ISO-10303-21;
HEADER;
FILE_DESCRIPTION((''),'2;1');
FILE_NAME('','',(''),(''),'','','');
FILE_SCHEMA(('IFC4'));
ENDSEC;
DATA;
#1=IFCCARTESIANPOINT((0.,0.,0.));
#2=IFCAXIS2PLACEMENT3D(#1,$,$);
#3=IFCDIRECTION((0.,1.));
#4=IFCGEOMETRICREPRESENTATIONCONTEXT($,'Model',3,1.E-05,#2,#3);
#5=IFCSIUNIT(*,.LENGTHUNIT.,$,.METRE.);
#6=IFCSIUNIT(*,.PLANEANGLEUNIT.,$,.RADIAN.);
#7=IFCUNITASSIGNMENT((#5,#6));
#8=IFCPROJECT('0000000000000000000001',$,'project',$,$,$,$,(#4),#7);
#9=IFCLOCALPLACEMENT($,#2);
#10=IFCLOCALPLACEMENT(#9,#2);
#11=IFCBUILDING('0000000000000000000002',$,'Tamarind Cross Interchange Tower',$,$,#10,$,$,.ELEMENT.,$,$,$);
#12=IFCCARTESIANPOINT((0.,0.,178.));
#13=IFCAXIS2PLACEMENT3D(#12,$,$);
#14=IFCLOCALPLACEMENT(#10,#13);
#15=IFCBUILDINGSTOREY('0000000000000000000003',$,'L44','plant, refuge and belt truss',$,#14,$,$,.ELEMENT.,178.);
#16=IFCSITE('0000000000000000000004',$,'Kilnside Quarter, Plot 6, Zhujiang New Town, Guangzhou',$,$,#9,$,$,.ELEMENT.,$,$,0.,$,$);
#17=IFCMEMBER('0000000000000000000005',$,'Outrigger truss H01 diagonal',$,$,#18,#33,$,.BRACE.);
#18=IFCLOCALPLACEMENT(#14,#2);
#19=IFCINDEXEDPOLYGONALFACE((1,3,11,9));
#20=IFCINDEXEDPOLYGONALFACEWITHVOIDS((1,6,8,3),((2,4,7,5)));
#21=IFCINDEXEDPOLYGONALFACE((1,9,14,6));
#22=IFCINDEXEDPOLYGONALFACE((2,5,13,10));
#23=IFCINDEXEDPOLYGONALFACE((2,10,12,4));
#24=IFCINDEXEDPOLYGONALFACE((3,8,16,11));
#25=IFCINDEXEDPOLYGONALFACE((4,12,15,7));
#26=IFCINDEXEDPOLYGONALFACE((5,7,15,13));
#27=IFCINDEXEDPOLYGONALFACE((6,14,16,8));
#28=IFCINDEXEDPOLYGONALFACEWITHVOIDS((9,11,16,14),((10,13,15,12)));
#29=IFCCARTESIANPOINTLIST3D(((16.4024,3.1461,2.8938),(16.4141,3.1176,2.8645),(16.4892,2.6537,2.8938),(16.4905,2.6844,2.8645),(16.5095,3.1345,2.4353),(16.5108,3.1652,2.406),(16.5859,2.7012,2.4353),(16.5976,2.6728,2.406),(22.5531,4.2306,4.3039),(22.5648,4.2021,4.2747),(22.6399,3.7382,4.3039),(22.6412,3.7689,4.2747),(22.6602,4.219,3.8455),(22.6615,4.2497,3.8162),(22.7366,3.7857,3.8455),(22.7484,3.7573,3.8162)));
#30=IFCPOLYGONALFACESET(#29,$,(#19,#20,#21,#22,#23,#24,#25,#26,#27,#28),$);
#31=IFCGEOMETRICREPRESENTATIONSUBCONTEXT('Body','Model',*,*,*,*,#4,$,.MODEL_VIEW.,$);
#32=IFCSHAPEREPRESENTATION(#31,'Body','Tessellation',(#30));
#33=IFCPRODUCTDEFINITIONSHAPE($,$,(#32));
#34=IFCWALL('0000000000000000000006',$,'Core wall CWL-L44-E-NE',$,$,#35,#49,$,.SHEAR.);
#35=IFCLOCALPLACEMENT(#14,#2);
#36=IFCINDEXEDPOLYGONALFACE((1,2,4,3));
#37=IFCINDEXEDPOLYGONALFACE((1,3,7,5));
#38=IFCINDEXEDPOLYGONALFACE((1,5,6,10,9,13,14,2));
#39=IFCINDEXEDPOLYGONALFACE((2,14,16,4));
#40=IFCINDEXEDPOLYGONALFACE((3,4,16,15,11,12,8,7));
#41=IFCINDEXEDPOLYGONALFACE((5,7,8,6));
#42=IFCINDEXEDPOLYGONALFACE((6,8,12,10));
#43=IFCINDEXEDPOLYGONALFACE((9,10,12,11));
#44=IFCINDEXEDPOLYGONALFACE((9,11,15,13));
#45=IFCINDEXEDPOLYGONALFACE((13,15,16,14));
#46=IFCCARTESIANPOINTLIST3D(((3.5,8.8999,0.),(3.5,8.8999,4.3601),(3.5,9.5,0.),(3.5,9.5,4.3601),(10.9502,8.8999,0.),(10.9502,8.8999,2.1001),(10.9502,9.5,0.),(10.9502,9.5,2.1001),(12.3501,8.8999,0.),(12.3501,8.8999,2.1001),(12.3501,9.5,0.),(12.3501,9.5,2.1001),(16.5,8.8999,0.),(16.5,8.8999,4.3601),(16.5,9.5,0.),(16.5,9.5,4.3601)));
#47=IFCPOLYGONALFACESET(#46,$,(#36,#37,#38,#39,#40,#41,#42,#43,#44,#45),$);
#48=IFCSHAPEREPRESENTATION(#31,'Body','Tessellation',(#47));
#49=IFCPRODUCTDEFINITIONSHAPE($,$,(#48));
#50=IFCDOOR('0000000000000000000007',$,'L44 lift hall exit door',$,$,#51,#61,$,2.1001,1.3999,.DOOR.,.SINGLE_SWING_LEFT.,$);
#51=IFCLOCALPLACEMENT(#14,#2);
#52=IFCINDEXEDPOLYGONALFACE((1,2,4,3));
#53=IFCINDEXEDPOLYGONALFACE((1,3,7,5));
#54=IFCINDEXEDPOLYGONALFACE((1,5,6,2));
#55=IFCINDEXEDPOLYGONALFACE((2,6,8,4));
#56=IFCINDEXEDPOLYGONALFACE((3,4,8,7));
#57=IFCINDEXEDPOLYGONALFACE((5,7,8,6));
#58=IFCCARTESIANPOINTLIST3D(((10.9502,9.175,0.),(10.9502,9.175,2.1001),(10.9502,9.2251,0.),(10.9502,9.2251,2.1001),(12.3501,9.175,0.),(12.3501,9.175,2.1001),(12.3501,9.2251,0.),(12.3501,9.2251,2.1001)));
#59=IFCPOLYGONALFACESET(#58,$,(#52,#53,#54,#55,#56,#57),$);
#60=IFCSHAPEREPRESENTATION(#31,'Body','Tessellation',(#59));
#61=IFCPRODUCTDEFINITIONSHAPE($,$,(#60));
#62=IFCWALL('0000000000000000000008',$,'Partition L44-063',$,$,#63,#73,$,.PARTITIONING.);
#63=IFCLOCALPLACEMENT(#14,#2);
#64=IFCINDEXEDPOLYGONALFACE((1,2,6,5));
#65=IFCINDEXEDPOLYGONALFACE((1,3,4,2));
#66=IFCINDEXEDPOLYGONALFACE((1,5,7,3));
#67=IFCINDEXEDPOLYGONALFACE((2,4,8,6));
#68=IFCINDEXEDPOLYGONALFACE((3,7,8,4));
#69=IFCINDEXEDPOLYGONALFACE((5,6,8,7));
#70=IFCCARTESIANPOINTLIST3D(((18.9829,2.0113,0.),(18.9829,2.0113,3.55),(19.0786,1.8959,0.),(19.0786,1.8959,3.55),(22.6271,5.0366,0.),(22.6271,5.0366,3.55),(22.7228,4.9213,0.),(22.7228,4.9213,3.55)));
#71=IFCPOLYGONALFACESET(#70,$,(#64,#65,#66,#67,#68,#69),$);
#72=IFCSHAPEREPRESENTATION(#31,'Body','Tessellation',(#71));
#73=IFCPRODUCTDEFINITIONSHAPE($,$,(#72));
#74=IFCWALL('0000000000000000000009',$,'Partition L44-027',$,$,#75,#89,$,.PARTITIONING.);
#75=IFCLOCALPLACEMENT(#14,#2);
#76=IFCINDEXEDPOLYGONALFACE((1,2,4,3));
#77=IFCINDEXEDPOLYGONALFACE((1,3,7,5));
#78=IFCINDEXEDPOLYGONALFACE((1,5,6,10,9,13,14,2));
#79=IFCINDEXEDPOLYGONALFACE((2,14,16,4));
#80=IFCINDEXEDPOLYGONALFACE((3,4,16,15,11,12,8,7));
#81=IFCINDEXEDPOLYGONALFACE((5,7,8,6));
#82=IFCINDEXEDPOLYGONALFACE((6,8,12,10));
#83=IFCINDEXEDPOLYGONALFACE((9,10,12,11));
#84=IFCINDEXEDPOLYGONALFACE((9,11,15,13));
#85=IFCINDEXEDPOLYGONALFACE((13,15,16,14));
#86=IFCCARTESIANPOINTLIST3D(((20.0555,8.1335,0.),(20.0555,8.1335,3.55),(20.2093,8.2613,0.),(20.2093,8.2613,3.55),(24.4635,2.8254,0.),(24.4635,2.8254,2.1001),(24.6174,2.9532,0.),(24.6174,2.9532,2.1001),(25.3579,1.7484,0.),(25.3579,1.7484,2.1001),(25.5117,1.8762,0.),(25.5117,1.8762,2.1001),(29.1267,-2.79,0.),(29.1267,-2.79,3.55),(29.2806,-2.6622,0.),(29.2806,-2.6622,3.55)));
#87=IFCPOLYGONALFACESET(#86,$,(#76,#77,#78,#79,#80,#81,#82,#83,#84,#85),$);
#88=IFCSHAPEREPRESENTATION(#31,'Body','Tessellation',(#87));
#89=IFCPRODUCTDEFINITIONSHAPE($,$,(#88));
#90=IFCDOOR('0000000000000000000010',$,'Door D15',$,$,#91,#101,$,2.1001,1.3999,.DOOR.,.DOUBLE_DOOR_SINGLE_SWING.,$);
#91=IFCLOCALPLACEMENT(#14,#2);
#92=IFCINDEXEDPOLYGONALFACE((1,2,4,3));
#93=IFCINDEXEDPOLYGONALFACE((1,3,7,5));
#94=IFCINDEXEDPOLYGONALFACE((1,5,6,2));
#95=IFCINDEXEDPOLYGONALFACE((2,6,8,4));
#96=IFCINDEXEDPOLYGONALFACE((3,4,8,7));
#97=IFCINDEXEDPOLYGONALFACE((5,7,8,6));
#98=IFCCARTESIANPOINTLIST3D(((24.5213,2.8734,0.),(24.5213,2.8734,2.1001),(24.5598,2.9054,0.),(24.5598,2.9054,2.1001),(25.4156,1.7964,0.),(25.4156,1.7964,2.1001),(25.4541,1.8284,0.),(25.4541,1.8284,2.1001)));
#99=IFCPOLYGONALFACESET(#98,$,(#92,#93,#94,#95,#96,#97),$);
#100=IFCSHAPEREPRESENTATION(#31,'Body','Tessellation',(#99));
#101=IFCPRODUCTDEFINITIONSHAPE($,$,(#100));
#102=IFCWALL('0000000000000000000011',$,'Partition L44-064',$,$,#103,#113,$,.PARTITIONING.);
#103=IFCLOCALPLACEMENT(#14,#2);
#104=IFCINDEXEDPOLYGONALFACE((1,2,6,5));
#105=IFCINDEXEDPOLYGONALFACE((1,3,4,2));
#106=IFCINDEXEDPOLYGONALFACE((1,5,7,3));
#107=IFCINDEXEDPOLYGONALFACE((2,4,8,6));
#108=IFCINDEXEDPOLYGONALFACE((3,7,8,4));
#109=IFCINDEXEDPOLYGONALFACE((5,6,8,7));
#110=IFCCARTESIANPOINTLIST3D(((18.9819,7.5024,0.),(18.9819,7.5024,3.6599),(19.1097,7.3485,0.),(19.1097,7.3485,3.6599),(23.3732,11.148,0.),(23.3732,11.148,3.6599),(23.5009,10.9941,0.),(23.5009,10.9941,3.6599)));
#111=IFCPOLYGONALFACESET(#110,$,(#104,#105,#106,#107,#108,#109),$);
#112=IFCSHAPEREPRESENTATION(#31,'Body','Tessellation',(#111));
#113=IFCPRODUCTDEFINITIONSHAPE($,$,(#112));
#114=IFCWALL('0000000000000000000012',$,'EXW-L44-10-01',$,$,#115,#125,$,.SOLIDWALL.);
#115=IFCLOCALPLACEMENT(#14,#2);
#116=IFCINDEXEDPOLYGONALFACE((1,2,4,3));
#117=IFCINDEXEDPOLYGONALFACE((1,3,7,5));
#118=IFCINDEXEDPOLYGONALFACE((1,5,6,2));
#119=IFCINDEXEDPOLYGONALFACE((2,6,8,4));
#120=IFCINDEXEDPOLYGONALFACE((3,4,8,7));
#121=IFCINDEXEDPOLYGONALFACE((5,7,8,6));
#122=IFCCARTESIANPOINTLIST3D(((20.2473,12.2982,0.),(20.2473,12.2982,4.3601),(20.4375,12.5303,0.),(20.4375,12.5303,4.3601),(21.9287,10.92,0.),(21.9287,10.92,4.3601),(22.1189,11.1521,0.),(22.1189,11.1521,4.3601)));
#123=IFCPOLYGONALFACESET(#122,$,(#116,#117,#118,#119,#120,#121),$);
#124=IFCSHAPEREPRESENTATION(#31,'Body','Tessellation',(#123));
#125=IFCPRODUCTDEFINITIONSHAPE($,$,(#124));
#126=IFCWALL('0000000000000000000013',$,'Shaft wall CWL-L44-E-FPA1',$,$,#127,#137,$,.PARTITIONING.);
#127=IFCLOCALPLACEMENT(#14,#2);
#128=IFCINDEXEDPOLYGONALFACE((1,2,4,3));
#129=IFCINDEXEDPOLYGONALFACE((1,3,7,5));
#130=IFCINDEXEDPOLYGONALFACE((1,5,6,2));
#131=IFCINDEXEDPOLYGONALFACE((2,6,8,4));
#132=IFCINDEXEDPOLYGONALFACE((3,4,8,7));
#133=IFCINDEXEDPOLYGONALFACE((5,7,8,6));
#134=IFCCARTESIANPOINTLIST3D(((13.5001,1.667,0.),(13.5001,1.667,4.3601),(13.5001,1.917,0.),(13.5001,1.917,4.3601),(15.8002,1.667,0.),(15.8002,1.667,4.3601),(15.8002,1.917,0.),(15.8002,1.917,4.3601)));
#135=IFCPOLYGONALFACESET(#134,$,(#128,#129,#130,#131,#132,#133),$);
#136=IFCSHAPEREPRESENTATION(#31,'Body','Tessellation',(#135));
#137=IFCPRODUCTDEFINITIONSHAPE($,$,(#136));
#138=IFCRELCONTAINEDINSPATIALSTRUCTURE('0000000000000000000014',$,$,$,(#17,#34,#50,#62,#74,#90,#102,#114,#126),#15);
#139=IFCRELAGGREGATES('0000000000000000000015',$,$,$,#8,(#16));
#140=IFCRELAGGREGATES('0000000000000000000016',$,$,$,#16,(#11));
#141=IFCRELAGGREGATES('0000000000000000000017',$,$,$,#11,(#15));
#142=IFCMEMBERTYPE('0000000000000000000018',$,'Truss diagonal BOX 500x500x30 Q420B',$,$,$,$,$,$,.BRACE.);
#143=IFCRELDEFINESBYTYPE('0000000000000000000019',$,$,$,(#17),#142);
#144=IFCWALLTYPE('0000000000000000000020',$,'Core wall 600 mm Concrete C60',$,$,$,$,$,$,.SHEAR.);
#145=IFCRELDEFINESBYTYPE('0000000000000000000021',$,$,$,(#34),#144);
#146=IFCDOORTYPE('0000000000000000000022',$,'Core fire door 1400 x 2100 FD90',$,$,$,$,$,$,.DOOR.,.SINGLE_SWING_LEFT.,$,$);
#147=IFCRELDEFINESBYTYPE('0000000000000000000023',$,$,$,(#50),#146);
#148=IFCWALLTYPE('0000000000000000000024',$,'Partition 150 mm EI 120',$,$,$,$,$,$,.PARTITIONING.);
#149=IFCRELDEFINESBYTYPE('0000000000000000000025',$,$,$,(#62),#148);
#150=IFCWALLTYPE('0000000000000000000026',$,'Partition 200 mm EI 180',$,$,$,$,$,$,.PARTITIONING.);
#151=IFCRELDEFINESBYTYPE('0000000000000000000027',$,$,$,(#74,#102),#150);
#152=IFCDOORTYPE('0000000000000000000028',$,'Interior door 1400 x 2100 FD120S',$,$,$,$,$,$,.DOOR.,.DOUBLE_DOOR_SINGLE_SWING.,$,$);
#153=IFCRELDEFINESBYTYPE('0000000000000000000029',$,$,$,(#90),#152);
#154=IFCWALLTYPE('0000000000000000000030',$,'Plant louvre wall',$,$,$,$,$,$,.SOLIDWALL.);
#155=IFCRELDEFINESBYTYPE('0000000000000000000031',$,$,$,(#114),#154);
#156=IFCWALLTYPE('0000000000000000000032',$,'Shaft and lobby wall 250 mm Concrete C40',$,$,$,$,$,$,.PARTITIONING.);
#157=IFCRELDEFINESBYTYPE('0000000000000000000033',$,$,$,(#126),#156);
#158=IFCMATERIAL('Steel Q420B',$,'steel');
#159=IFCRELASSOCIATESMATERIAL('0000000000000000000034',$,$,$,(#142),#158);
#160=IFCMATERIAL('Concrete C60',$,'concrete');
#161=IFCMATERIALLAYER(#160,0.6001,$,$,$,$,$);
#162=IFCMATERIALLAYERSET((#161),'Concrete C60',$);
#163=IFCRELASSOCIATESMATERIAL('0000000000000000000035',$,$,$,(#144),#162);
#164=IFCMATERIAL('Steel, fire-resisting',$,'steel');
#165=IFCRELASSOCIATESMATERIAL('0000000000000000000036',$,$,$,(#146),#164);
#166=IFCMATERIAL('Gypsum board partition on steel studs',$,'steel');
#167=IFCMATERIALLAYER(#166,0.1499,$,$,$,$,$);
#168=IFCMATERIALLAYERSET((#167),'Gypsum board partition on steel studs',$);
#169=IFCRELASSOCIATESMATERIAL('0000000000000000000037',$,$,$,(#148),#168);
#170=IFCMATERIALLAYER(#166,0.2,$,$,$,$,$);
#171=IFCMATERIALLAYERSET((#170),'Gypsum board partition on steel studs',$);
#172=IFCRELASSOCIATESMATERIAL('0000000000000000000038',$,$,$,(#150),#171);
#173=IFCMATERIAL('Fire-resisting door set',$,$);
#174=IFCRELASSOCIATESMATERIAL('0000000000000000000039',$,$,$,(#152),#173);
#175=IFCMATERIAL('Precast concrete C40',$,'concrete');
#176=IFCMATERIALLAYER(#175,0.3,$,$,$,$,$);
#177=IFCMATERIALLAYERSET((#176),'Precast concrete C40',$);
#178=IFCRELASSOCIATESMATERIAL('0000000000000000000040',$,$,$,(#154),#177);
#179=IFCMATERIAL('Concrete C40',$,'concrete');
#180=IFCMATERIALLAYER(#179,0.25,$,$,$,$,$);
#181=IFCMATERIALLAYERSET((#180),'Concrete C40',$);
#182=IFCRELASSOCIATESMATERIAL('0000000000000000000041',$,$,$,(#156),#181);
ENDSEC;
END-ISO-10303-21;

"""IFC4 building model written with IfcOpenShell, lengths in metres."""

from ifc_helpers import new_model, si_unit, direction, frame, frame_2d, origin, origin_2d, place, context, subcontext, project, spatial, rectangle, hollow_rectangle, extrude, material, layer, layer_set, material_profile, profile_set, type_object, element, fill, save


model = new_model("IFC4")

# Units and contexts
model_context = context("Model", 3, precision=1e-05, world=origin(), true_north=direction((0.0, 1.0)))
body_context = subcontext(model_context, "Body", "Model", "MODEL_VIEW")
ifc_project = project(units=[si_unit("LENGTHUNIT", "METRE"), si_unit("PLANEANGLEUNIT", "RADIAN")], contexts=[model_context])

# Site, building, storey
site_placement = place(None, origin())
site = spatial("IfcSite", under=ifc_project, at=site_placement, Name="Kilnside Quarter, Plot 6, Zhujiang New Town, Guangzhou", CompositionType="ELEMENT", RefElevation=0.0)
building_placement = place(site_placement, origin())
building = spatial("IfcBuilding", under=site, at=building_placement, Name="Tamarind Cross Interchange Tower", CompositionType="ELEMENT")
storey_placement = place(building_placement, frame((0.0, 0.0, 178.0)))
storey = spatial("IfcBuildingStorey", under=building, at=storey_placement, Name="L44", Description="plant, refuge and belt truss", CompositionType="ELEMENT", Elevation=178.0)

# Shared definitions
ifc_material_1 = material(Name="Concrete C60", Category="concrete")

# Member
ifc_material_2 = material(Name="Steel Q420B", Category="steel")
ifc_material_profile_1 = material_profile(ifc_material_2, hollow_rectangle(XDim=0.5, YDim=0.5, WallThickness=0.03, at=origin_2d()), Name="BOX 500x500x30")
ifc_profile_set_1 = profile_set([ifc_material_profile_1], Name="Steel Q420B")
member_type_1 = type_object("IfcMemberType", Name="Truss diagonal BOX 500x500x30 Q420B", PredefinedType="BRACE", material=ifc_profile_set_1)
member_placement = place(storey_placement, frame((16.5, 2.9094, 2.6499), z_axis=(0.960627, 0.169377, 0.220243), x_axis=(-0.17364, 0.984809, 0.0)))
element("IfcMember", 1, at=member_placement, inside=storey, type_object=member_type_1, Name="Outrigger truss H01 diagonal", PredefinedType="BRACE", context=body_context, shape_type="SweptSolid", body=[
    extrude(hollow_rectangle(XDim=0.5, YDim=0.5, WallThickness=0.03, at=origin_2d()), origin(), (0.0, 0.0, 1.0), 6.4028),
])

# Wall, opening, door
ifc_layer_1 = layer(ifc_material_1, 0.6001)
ifc_layer_set_1 = layer_set([ifc_layer_1], Name="Concrete C60")
wall_type_1 = type_object("IfcWallType", Name="Core wall 600 mm Concrete C60", PredefinedType="SHEAR", material=ifc_layer_set_1)
wall_1_placement = place(storey_placement, frame((16.5, 9.2, 0.0), z_axis=(0.0, 0.0, 1.0), x_axis=(-1.0, 0.0, 0.0)))
wall_1 = element("IfcWall", 2, at=wall_1_placement, inside=storey, type_object=wall_type_1, Name="Core wall CWL-L44-E-NE", PredefinedType="SHEAR", context=body_context, shape_type="SweptSolid", body=[
    extrude(rectangle(XDim=13.0, YDim=0.6001, at=frame_2d((6.5, 0.0))), origin(), (0.0, 0.0, 1.0), 4.3601),
])
opening_1_placement = place(wall_1_placement, frame((4.1499, 0.0, 0.0)))
opening_1 = element("IfcOpeningElement", 3, at=opening_1_placement, cuts=wall_1, PredefinedType="OPENING", context=body_context, shape_type="SweptSolid", body=[
    extrude(rectangle(XDim=1.3999, YDim=2.1001, at=frame_2d((0.7, 1.05))), frame((0.0, 0.3101, 0.0), z_axis=(0.0, -1.0, 0.0), x_axis=(1.0, 0.0, 0.0)), (0.0, 0.0, 1.0), 0.6201),
])
ifc_material_3 = material(Name="Steel, fire-resisting", Category="steel")
door_type_1 = type_object("IfcDoorType", Name="Core fire door 1400 x 2100 FD90", OperationType="SINGLE_SWING_LEFT", PredefinedType="DOOR", material=ifc_material_3)
door_1_placement = place(opening_1_placement, origin())
door_1 = element("IfcDoor", 4, at=door_1_placement, inside=storey, type_object=door_type_1, Name="L44 lift hall exit door", OperationType="SINGLE_SWING_LEFT", OverallHeight=2.1001, OverallWidth=1.3999, PredefinedType="DOOR", context=body_context, shape_type="SweptSolid", body=[
    extrude(rectangle(XDim=1.3999, YDim=2.1001, at=frame_2d((0.7, 1.05))), frame((0.0, 0.0249, 0.0), z_axis=(0.0, -1.0, 0.0), x_axis=(1.0, 0.0, 0.0)), (0.0, 0.0, 1.0), 0.05),
])
fill(opening_1, door_1)

# Wall
ifc_material_4 = material(Name="Gypsum board partition on steel studs", Category="steel")
ifc_layer_2 = layer(ifc_material_4, 0.1499)
ifc_layer_set_2 = layer_set([ifc_layer_2], Name="Gypsum board partition on steel studs")
wall_type_2 = type_object("IfcWallType", Name="Partition 150 mm EI 120", PredefinedType="PARTITIONING", material=ifc_layer_set_2)
wall_2_placement = place(storey_placement, frame((19.0308, 1.9536, 0.0), z_axis=(0.0, 0.0, 1.0), x_axis=(0.769416, 0.638748, 0.0)))
element("IfcWall", 5, at=wall_2_placement, inside=storey, type_object=wall_type_2, Name="Partition L44-063", PredefinedType="PARTITIONING", context=body_context, shape_type="SweptSolid", body=[
    extrude(rectangle(XDim=4.7363, YDim=0.1499, at=frame_2d((2.3682, 0.0))), origin(), (0.0, 0.0, 1.0), 3.55),
])

# Wall, opening, door
ifc_layer_3 = layer(ifc_material_4, 0.2)
ifc_layer_set_3 = layer_set([ifc_layer_3], Name="Gypsum board partition on steel studs")
wall_type_3 = type_object("IfcWallType", Name="Partition 200 mm EI 180", PredefinedType="PARTITIONING", material=ifc_layer_set_3)
wall_3_placement = place(storey_placement, frame((20.1323, 8.1975, 0.0), z_axis=(0.0, 0.0, 1.0), x_axis=(0.638866, -0.769318, 0.0)))
wall_3 = element("IfcWall", 6, at=wall_3_placement, inside=storey, type_object=wall_type_3, Name="Partition L44-027", PredefinedType="PARTITIONING", context=body_context, shape_type="SweptSolid", body=[
    extrude(rectangle(XDim=14.199, YDim=0.2, at=frame_2d((7.0996, 0.0))), origin(), (0.0, 0.0, 1.0), 3.55),
])
opening_2_placement = place(wall_3_placement, frame((6.8999, 0.0, 0.0)))
opening_2 = element("IfcOpeningElement", 7, at=opening_2_placement, cuts=wall_3, PredefinedType="OPENING", context=body_context, shape_type="SweptSolid", body=[
    extrude(rectangle(XDim=1.3999, YDim=2.1001, at=frame_2d((0.7, 1.05))), frame((0.0, 0.1099, 0.0), z_axis=(0.0, -1.0, 0.0), x_axis=(1.0, 0.0, 0.0)), (0.0, 0.0, 1.0), 0.22),
])
ifc_material_5 = material(Name="Fire-resisting door set")
door_type_2 = type_object("IfcDoorType", Name="Interior door 1400 x 2100 FD120S", OperationType="DOUBLE_DOOR_SINGLE_SWING", PredefinedType="DOOR", material=ifc_material_5)
door_2_placement = place(opening_2_placement, frame((1.3999, 0.0, 0.0), z_axis=(0.0, 0.0, 1.0), x_axis=(-1.0, 0.0, 0.0)))
door_2 = element("IfcDoor", 8, at=door_2_placement, inside=storey, type_object=door_type_2, Name="Door D15", OperationType="DOUBLE_DOOR_SINGLE_SWING", OverallHeight=2.1001, OverallWidth=1.3999, PredefinedType="DOOR", context=body_context, shape_type="SweptSolid", body=[
    extrude(rectangle(XDim=1.3999, YDim=2.1001, at=frame_2d((0.7, 1.05))), frame((0.0, 0.0249, 0.0), z_axis=(0.0, -1.0, 0.0), x_axis=(1.0, 0.0, 0.0)), (0.0, 0.0, 1.0), 0.05),
])
fill(opening_2, door_2)

# Walls
wall_4_placement = place(storey_placement, frame((19.0459, 7.4255, 0.0), z_axis=(0.0, 0.0, 1.0), x_axis=(0.769405, 0.638761, 0.0)))
element("IfcWall", 9, at=wall_4_placement, inside=storey, type_object=wall_type_3, Name="Partition L44-064", PredefinedType="PARTITIONING", context=body_context, shape_type="SweptSolid", body=[
    extrude(rectangle(XDim=5.7073, YDim=0.2, at=frame_2d((2.8535, 0.0))), origin(), (0.0, 0.0, 1.0), 3.6599),
])
ifc_material_6 = material(Name="Precast concrete C40", Category="concrete")
ifc_layer_4 = layer(ifc_material_6, 0.3)
ifc_layer_set_4 = layer_set([ifc_layer_4], Name="Precast concrete C40")
wall_type_4 = type_object("IfcWallType", Name="Plant louvre wall", PredefinedType="SOLIDWALL", material=ifc_layer_set_4)
wall_5_placement = place(storey_placement, frame((22.0237, 11.0361, 0.0), z_axis=(0.0, 0.0, 1.0), x_axis=(-0.773397, 0.633922, 0.0)))
element("IfcWall", 10, at=wall_5_placement, inside=storey, type_object=wall_type_4, Name="EXW-L44-10-01", PredefinedType="SOLIDWALL", context=body_context, shape_type="SweptSolid", body=[
    extrude(rectangle(XDim=2.1741, YDim=0.3, at=frame_2d((1.0869, 0.0))), origin(), (0.0, 0.0, 1.0), 4.3601),
])
ifc_material_7 = material(Name="Concrete C40", Category="concrete")
ifc_layer_5 = layer(ifc_material_7, 0.25)
ifc_layer_set_5 = layer_set([ifc_layer_5], Name="Concrete C40")
wall_type_5 = type_object("IfcWallType", Name="Shaft and lobby wall 250 mm Concrete C40", PredefinedType="PARTITIONING", material=ifc_layer_set_5)
wall_6_placement = place(storey_placement, frame((15.8, 1.792, 0.0), z_axis=(0.0, 0.0, 1.0), x_axis=(-1.0, 0.0, 0.0)))
element("IfcWall", 11, at=wall_6_placement, inside=storey, type_object=wall_type_5, Name="Shaft wall CWL-L44-E-FPA1", PredefinedType="PARTITIONING", context=body_context, shape_type="SweptSolid", body=[
    extrude(rectangle(XDim=2.3, YDim=0.25, at=frame_2d((1.1499, 0.0))), origin(), (0.0, 0.0, 1.0), 4.3601),
])

save(model, "model.ifc")
